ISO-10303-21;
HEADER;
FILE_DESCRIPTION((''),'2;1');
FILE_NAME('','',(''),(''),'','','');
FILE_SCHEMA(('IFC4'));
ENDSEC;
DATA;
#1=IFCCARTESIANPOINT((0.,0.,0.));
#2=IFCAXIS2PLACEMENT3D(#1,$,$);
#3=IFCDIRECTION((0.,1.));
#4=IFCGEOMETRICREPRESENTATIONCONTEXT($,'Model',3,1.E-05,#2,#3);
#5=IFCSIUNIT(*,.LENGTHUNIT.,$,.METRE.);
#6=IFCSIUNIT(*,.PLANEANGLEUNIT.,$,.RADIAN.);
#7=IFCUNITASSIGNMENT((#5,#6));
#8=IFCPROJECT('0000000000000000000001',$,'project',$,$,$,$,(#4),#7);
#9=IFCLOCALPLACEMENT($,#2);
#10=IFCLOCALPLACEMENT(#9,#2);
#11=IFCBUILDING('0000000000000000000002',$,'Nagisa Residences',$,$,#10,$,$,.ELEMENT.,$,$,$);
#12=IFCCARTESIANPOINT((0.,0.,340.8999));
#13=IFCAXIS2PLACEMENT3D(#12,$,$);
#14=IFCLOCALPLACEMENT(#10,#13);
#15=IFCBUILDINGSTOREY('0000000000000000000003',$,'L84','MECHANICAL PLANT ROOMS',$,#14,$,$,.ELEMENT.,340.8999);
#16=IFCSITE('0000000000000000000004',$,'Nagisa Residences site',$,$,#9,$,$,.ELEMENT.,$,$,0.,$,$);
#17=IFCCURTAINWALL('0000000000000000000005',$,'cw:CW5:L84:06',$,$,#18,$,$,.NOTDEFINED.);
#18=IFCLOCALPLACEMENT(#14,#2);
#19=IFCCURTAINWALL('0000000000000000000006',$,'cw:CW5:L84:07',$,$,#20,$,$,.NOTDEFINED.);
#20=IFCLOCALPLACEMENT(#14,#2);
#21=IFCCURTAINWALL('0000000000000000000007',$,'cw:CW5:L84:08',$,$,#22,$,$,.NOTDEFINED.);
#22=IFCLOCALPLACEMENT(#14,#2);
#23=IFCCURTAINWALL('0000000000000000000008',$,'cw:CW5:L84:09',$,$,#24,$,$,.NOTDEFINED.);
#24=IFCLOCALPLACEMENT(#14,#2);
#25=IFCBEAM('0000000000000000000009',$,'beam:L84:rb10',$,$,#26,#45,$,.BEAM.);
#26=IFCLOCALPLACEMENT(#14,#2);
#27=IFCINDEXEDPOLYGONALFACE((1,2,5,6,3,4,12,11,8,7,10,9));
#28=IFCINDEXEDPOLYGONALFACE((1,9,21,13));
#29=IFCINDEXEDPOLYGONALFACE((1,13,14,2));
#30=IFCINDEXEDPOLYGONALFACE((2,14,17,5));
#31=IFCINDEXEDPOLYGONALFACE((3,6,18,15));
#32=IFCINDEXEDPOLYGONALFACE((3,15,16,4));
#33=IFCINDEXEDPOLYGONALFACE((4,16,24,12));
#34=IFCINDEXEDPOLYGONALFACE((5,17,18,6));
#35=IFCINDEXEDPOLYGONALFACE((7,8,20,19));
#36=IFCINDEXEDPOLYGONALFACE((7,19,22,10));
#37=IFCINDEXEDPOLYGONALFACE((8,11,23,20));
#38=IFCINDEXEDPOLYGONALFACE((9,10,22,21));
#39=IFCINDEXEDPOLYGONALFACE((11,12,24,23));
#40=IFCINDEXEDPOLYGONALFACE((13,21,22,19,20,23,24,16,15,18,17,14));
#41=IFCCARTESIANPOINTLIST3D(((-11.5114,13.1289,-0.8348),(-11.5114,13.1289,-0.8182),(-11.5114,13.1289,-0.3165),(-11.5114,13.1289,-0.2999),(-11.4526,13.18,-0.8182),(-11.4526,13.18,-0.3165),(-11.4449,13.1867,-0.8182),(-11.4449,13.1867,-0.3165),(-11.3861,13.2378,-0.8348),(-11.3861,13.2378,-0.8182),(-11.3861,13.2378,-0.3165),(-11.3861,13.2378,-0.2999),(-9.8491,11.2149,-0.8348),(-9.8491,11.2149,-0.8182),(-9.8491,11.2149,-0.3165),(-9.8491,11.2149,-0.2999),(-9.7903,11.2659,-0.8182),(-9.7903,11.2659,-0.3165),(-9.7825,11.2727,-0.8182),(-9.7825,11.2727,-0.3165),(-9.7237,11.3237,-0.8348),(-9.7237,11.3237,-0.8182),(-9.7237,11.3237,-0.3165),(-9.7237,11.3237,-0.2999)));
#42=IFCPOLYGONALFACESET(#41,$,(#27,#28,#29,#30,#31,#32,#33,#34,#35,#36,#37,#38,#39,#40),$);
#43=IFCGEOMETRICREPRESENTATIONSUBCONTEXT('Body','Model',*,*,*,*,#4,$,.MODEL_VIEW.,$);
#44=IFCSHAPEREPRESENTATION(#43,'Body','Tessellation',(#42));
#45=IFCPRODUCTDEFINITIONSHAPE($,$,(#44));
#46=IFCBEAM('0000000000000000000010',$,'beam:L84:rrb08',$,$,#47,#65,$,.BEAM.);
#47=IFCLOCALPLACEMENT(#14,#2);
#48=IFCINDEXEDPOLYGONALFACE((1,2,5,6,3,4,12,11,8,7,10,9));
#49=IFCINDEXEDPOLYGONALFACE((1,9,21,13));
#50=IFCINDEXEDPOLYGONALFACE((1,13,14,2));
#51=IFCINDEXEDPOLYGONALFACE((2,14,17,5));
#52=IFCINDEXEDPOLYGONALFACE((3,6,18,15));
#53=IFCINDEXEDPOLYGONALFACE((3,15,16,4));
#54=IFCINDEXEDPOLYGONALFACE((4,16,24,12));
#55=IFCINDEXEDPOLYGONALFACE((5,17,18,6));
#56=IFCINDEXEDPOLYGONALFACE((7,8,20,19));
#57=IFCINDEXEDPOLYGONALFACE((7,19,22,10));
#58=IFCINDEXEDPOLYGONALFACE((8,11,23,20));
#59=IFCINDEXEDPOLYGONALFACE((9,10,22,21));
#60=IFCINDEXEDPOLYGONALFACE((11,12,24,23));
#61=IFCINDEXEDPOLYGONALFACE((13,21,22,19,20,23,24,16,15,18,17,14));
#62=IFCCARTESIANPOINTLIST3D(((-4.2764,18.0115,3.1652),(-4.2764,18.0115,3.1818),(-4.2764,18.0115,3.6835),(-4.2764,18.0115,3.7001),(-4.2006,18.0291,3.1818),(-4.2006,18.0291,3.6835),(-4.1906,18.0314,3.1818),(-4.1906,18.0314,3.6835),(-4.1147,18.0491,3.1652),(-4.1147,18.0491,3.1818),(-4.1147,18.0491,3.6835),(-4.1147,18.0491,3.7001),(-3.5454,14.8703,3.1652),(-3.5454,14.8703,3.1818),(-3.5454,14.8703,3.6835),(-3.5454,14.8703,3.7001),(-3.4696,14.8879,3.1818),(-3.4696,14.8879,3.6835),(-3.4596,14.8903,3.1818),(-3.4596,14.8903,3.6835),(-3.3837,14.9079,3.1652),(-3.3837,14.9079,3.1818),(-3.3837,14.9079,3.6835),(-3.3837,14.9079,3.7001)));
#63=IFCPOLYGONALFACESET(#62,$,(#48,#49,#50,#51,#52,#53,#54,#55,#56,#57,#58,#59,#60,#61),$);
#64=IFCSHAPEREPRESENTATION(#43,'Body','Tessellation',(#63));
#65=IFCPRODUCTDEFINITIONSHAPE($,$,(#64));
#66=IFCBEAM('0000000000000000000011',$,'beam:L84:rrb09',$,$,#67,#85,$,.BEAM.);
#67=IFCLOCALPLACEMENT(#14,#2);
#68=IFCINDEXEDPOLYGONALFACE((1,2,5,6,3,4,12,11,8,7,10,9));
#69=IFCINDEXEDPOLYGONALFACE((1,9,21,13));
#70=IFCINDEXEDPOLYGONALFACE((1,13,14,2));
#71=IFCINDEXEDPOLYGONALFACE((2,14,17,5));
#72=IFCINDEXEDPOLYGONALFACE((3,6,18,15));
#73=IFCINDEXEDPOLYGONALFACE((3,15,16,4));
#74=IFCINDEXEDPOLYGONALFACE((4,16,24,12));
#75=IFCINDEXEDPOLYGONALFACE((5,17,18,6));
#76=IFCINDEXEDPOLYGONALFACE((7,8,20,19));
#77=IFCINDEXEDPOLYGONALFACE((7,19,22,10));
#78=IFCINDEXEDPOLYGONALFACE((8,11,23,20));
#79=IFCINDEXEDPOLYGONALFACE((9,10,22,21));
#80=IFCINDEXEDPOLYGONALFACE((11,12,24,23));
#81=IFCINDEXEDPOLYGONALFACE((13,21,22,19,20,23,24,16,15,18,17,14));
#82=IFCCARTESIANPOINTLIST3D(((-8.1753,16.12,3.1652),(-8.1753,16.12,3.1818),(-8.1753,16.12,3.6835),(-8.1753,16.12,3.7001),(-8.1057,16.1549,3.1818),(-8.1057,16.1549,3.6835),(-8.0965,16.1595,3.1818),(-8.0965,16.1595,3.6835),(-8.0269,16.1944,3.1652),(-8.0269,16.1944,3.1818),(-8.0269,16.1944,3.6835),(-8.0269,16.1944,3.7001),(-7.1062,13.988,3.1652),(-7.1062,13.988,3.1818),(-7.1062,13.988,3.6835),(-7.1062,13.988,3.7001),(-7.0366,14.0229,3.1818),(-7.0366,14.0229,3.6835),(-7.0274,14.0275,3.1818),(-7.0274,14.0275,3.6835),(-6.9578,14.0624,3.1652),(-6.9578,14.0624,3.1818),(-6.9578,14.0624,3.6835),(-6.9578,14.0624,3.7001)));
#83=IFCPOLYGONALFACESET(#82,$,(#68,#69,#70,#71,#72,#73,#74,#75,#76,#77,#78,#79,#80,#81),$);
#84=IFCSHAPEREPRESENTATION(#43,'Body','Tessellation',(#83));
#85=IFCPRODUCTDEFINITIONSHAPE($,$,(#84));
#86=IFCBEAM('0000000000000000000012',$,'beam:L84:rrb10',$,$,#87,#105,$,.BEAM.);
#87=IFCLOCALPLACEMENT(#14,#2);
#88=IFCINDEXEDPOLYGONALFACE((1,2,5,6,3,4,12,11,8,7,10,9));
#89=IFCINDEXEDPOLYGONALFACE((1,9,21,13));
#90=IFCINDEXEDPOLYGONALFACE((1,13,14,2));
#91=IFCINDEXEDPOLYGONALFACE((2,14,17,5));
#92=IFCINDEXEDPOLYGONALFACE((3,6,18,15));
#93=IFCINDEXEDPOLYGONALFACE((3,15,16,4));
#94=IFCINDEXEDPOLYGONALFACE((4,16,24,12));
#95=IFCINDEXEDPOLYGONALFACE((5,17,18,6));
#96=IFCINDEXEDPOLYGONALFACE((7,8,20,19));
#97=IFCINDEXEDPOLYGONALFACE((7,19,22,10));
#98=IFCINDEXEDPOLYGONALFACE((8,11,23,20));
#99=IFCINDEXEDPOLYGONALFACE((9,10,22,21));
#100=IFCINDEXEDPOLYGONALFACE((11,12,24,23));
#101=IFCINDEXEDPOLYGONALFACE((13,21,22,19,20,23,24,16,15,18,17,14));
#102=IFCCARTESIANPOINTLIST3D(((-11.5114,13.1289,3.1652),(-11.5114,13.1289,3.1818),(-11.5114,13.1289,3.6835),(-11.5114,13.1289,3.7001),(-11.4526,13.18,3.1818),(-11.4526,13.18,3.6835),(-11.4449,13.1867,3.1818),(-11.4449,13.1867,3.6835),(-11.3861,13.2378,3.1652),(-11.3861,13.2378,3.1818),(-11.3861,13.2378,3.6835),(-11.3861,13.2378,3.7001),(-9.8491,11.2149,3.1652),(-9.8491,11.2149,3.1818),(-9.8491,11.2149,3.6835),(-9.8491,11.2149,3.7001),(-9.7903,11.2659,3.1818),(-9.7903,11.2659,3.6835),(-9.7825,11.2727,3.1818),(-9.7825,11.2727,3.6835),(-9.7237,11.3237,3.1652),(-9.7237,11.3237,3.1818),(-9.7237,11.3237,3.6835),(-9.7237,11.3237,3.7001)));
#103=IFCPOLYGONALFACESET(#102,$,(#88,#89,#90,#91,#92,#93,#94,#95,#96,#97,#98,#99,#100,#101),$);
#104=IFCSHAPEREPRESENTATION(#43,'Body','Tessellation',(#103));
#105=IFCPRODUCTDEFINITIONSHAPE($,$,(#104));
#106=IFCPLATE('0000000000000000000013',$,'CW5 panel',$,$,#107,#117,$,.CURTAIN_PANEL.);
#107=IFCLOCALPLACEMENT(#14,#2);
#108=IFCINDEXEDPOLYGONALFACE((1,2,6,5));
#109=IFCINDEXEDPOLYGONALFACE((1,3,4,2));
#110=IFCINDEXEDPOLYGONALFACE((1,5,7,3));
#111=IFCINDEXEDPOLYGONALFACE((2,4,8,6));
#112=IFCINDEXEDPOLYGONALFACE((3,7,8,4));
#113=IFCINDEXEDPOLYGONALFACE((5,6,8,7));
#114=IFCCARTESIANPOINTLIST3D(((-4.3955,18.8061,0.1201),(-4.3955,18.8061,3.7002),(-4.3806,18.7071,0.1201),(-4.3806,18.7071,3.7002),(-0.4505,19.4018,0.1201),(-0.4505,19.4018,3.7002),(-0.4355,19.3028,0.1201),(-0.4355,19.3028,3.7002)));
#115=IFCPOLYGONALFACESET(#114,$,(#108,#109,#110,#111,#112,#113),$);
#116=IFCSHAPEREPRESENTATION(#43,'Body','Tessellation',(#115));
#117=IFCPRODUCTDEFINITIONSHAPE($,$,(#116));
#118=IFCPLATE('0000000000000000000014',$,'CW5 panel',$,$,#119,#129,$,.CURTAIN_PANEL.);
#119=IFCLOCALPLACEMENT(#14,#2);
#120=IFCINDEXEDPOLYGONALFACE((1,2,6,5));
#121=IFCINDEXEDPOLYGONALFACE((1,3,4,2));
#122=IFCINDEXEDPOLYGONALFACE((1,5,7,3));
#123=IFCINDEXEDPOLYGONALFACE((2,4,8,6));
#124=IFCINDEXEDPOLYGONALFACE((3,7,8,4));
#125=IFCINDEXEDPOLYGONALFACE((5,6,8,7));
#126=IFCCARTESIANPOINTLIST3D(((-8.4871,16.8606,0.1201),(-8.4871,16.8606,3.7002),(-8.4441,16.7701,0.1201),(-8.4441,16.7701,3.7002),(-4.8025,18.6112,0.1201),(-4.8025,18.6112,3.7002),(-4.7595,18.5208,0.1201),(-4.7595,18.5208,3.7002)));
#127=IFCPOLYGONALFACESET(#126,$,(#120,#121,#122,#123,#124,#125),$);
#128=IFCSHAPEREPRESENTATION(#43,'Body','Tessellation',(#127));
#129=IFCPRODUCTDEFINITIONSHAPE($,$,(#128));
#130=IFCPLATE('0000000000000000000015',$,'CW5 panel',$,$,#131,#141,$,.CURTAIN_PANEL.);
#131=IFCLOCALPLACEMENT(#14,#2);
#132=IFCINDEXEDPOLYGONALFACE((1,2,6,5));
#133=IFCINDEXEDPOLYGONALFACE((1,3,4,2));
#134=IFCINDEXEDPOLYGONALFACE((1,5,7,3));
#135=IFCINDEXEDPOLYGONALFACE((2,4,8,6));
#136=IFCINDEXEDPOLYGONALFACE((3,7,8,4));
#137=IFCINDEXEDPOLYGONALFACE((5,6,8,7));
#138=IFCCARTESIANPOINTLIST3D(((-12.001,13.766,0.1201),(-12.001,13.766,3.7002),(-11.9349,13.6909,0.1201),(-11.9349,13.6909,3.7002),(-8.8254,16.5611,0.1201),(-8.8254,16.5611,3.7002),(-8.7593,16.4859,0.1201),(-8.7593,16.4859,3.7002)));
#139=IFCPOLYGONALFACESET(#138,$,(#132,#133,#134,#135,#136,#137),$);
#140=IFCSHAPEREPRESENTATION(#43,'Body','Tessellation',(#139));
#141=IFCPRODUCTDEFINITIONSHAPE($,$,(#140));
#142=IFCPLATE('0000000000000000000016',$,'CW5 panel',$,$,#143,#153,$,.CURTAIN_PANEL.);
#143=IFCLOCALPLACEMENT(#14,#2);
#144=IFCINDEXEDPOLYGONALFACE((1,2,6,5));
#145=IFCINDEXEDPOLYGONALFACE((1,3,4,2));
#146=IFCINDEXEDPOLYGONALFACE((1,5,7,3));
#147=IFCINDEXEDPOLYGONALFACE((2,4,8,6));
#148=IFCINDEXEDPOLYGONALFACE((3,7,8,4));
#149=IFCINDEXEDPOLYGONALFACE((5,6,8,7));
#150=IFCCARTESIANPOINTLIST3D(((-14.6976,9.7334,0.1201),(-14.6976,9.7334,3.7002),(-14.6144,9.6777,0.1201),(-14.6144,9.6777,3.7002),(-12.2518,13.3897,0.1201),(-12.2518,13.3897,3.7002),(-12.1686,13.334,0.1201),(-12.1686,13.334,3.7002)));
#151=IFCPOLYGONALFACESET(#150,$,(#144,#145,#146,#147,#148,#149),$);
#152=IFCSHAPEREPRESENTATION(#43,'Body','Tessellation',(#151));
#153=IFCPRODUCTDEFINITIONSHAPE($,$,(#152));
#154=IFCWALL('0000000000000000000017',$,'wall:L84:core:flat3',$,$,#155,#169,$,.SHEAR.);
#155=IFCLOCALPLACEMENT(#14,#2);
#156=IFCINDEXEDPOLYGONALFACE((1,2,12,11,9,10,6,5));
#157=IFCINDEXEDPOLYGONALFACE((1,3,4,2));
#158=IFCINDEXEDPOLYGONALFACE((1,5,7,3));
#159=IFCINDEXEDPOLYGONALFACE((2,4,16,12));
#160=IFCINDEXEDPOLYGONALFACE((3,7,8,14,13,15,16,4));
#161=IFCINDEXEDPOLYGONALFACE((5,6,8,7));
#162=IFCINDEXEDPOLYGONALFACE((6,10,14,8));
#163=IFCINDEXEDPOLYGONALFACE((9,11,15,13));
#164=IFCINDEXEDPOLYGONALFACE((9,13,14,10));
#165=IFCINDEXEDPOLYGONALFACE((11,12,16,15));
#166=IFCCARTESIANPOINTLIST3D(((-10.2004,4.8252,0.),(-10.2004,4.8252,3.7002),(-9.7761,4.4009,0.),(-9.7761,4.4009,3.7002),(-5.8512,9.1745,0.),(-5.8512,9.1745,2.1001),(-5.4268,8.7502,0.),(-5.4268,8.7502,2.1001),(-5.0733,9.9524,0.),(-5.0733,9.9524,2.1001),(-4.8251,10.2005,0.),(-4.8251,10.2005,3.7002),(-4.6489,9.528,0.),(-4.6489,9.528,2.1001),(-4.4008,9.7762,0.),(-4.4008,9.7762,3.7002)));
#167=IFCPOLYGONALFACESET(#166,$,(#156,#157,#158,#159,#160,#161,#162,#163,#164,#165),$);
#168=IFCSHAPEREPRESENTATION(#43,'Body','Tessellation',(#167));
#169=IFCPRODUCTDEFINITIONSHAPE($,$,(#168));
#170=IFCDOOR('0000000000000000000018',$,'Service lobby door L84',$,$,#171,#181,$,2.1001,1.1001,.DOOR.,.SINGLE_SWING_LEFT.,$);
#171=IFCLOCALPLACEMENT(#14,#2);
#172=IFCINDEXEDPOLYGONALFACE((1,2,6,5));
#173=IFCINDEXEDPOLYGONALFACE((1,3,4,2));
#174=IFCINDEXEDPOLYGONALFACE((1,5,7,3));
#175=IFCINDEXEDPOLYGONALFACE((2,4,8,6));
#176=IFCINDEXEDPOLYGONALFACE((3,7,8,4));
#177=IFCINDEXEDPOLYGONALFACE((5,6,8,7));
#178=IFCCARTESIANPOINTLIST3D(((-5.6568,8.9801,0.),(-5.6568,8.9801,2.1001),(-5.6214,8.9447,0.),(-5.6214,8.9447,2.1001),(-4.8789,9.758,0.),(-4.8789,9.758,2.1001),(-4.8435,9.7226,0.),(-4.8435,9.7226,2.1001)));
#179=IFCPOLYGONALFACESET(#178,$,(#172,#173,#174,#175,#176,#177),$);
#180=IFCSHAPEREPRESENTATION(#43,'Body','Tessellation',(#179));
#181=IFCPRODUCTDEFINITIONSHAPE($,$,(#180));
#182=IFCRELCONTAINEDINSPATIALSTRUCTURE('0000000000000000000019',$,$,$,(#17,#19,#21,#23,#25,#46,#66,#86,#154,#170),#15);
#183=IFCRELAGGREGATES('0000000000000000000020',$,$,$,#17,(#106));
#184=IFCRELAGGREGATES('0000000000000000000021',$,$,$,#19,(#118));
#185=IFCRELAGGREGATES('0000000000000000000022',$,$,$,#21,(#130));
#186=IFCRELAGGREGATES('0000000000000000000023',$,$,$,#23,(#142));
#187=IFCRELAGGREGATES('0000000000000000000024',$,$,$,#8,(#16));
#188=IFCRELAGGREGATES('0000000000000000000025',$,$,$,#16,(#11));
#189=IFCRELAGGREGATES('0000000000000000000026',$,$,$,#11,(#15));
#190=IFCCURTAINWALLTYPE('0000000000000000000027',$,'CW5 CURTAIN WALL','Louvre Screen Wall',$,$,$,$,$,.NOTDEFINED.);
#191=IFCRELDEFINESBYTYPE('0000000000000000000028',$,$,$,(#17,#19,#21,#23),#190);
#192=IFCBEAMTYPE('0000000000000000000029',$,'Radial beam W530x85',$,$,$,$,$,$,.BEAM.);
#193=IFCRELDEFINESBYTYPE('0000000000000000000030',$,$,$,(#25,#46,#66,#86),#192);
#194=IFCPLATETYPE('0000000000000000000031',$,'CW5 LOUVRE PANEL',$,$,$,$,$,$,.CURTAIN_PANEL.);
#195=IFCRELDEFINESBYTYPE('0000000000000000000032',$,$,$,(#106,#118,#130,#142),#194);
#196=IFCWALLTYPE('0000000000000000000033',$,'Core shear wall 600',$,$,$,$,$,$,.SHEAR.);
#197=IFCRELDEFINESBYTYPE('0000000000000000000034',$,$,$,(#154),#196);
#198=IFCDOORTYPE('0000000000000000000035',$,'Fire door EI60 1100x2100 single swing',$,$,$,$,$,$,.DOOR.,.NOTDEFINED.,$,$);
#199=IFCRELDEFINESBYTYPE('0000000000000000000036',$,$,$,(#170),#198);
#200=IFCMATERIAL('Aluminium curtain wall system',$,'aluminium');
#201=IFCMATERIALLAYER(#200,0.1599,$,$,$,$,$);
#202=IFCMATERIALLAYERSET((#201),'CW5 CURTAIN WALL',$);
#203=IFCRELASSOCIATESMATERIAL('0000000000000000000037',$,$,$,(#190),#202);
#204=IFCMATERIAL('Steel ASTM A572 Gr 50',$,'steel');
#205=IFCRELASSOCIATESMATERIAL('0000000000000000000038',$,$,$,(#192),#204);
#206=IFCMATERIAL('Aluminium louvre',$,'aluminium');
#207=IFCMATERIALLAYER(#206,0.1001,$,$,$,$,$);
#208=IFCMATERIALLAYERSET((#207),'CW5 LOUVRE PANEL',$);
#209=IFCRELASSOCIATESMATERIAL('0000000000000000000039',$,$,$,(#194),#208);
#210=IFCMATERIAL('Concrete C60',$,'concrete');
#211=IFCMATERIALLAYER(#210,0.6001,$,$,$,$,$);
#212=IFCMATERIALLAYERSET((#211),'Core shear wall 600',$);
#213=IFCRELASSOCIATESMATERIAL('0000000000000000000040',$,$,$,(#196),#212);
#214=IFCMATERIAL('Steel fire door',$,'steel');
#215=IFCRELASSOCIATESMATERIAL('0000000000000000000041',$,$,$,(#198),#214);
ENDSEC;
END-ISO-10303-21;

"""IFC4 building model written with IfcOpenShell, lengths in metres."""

from ifc_helpers import new_model, si_unit, direction, frame, frame_2d, origin, origin_2d, place, context, subcontext, project, spatial, rectangle, i_section, extrude, material, layer, layer_set, material_profile, profile_set, type_object, element, fill, aggregate, save


model = new_model("IFC4")

# Units and contexts
model_context = context("Model", 3, precision=1e-05, world=origin(), true_north=direction((0.0, 1.0)))
body_context = subcontext(model_context, "Body", "Model", "MODEL_VIEW")
ifc_project = project(units=[si_unit("LENGTHUNIT", "METRE"), si_unit("PLANEANGLEUNIT", "RADIAN")], contexts=[model_context])

# Site, building, storey
site_placement = place(None, origin())
site = spatial("IfcSite", under=ifc_project, at=site_placement, Name="Nagisa Residences site", CompositionType="ELEMENT", RefElevation=0.0)
building_placement = place(site_placement, origin())
building = spatial("IfcBuilding", under=site, at=building_placement, Name="Nagisa Residences", CompositionType="ELEMENT")
storey_placement = place(building_placement, frame((0.0, 0.0, 340.8999)))
storey = spatial("IfcBuildingStorey", under=building, at=storey_placement, Name="L84", Description="MECHANICAL PLANT ROOMS", CompositionType="ELEMENT", Elevation=340.8999)

# Curtain walls
ifc_material_1 = material(Name="Aluminium curtain wall system", Category="aluminium")
ifc_layer_1 = layer(ifc_material_1, 0.1599)
ifc_layer_set_1 = layer_set([ifc_layer_1], Name="CW5 CURTAIN WALL")
curtain_wall_type = type_object("IfcCurtainWallType", Name="CW5 CURTAIN WALL", Description="Louvre Screen Wall", PredefinedType="NOTDEFINED", material=ifc_layer_set_1)
curtain_wall_1_placement = place(storey_placement, origin())
curtain_wall_1 = element("IfcCurtainWall", 1, at=curtain_wall_1_placement, inside=storey, type_object=curtain_wall_type, Name="cw:CW5:L84:06", PredefinedType="NOTDEFINED")
curtain_wall_2_placement = place(storey_placement, origin())
curtain_wall_2 = element("IfcCurtainWall", 2, at=curtain_wall_2_placement, inside=storey, type_object=curtain_wall_type, Name="cw:CW5:L84:07", PredefinedType="NOTDEFINED")
curtain_wall_3_placement = place(storey_placement, origin())
curtain_wall_3 = element("IfcCurtainWall", 3, at=curtain_wall_3_placement, inside=storey, type_object=curtain_wall_type, Name="cw:CW5:L84:08", PredefinedType="NOTDEFINED")
curtain_wall_4_placement = place(storey_placement, origin())
curtain_wall_4 = element("IfcCurtainWall", 4, at=curtain_wall_4_placement, inside=storey, type_object=curtain_wall_type, Name="cw:CW5:L84:09", PredefinedType="NOTDEFINED")

# Beams
ifc_material_2 = material(Name="Steel ASTM A572 Gr 50", Category="steel")
ifc_material_profile_1 = material_profile(ifc_material_2, i_section(OverallWidth=0.166, OverallDepth=0.5349, WebThickness=0.0103, FlangeThickness=0.0166, at=origin_2d()), Name="W530x85")
ifc_profile_set_1 = profile_set([ifc_material_profile_1], Name="Steel ASTM A572 Gr 50")
beam_type_1 = type_object("IfcBeamType", Name="Radial beam W530x85", PredefinedType="BEAM", material=ifc_profile_set_1)
beam_1_placement = place(storey_placement, frame((-11.4487, 13.1833, -0.5674), z_axis=(0.655718, -0.755006, 0.0), x_axis=(0.755006, 0.655718, 0.0)))
element("IfcBeam", 5, at=beam_1_placement, inside=storey, type_object=beam_type_1, Name="beam:L84:rb10", PredefinedType="BEAM", context=body_context, shape_type="SweptSolid", body=[
    extrude(i_section(OverallWidth=0.166, OverallDepth=0.5349, WebThickness=0.0103, FlangeThickness=0.0166, at=origin_2d()), origin(), (0.0, 0.0, 1.0), 2.5352),
])
beam_2_placement = place(storey_placement, frame((-4.1956, 18.0303, 3.4326), z_axis=(0.22665, -0.973976, 0.0), x_axis=(0.973976, 0.22665, 0.0)))
element("IfcBeam", 6, at=beam_2_placement, inside=storey, type_object=beam_type_1, Name="beam:L84:rrb08", PredefinedType="BEAM", context=body_context, shape_type="SweptSolid", body=[
    extrude(i_section(OverallWidth=0.166, OverallDepth=0.5349, WebThickness=0.0103, FlangeThickness=0.0166, at=origin_2d()), origin(), (0.0, 0.0, 1.0), 3.2251),
])
beam_3_placement = place(storey_placement, frame((-8.1011, 16.1572, 3.4326), z_axis=(0.448237, -0.893915, 0.0), x_axis=(0.893915, 0.448237, 0.0)))
element("IfcBeam", 7, at=beam_3_placement, inside=storey, type_object=beam_type_1, Name="beam:L84:rrb09", PredefinedType="BEAM", context=body_context, shape_type="SweptSolid", body=[
    extrude(i_section(OverallWidth=0.166, OverallDepth=0.5349, WebThickness=0.0103, FlangeThickness=0.0166, at=origin_2d()), origin(), (0.0, 0.0, 1.0), 2.385),
])
beam_4_placement = place(storey_placement, frame((-11.4487, 13.1833, 3.4326), z_axis=(0.655718, -0.755006, 0.0), x_axis=(0.755006, 0.655718, 0.0)))
element("IfcBeam", 8, at=beam_4_placement, inside=storey, type_object=beam_type_1, Name="beam:L84:rrb10", PredefinedType="BEAM", context=body_context, shape_type="SweptSolid", body=[
    extrude(i_section(OverallWidth=0.166, OverallDepth=0.5349, WebThickness=0.0103, FlangeThickness=0.0166, at=origin_2d()), origin(), (0.0, 0.0, 1.0), 2.5352),
])

# Plates
ifc_material_3 = material(Name="Aluminium louvre", Category="aluminium")
ifc_layer_2 = layer(ifc_material_3, 0.1001)
ifc_layer_set_2 = layer_set([ifc_layer_2], Name="CW5 LOUVRE PANEL")
plate_type = type_object("IfcPlateType", Name="CW5 LOUVRE PANEL", PredefinedType="CURTAIN_PANEL", material=ifc_layer_set_2)
plate_1_placement = place(storey_placement, frame((-2.4155, 19.0544, 0.1201), z_axis=(0.0, 0.0, 1.0), x_axis=(-0.988789, -0.14932, 0.0)))
plate_1 = element("IfcPlate", 9, at=plate_1_placement, type_object=plate_type, Name="CW5 panel", PredefinedType="CURTAIN_PANEL", context=body_context, shape_type="SweptSolid", body=[
    extrude(rectangle(XDim=3.9897, YDim=0.1001, at=origin_2d()), origin(), (0.0, 0.0, 1.0), 3.5801),
])
aggregate(curtain_wall_1, [plate_1])
plate_2_placement = place(storey_placement, frame((-6.6233, 17.6907, 0.1201), z_axis=(0.0, 0.0, 1.0), x_axis=(-0.903233, -0.429151, 0.0)))
plate_2 = element("IfcPlate", 10, at=plate_2_placement, type_object=plate_type, Name="CW5 panel", PredefinedType="CURTAIN_PANEL", context=body_context, shape_type="SweptSolid", body=[
    extrude(rectangle(XDim=4.0793, YDim=0.1001, at=origin_2d()), origin(), (0.0, 0.0, 1.0), 3.5801),
])
aggregate(curtain_wall_2, [plate_2])
plate_3_placement = place(storey_placement, frame((-10.3801, 15.126, 0.1201), z_axis=(0.0, 0.0, 1.0), x_axis=(-0.750651, -0.660699, 0.0)))
plate_3 = element("IfcPlate", 11, at=plate_3_placement, type_object=plate_type, Name="CW5 panel", PredefinedType="CURTAIN_PANEL", context=body_context, shape_type="SweptSolid", body=[
    extrude(rectangle(XDim=4.2305, YDim=0.1001, at=origin_2d()), origin(), (0.0, 0.0, 1.0), 3.5801),
])
aggregate(curtain_wall_3, [plate_3])
plate_4_placement = place(storey_placement, frame((-13.4331, 11.5337, 0.1201), z_axis=(0.0, 0.0, 1.0), x_axis=(-0.556014, -0.831173, 0.0)))
plate_4 = element("IfcPlate", 12, at=plate_4_placement, type_object=plate_type, Name="CW5 panel", PredefinedType="CURTAIN_PANEL", context=body_context, shape_type="SweptSolid", body=[
    extrude(rectangle(XDim=4.3989, YDim=0.1001, at=origin_2d()), origin(), (0.0, 0.0, 1.0), 3.5801),
])
aggregate(curtain_wall_4, [plate_4])

# Wall, opening, door
ifc_material_4 = material(Name="Concrete C60", Category="concrete")
ifc_layer_3 = layer(ifc_material_4, 0.6001)
ifc_layer_set_3 = layer_set([ifc_layer_3], Name="Core shear wall 600")
wall_type_1 = type_object("IfcWallType", Name="Core shear wall 600", PredefinedType="SHEAR", material=ifc_layer_set_3)
wall_1_placement = place(storey_placement, frame((-4.613, 9.9883, 0.0), z_axis=(0.0, 0.0, 1.0), x_axis=(-0.707107, -0.707107, 0.0)))
wall_1 = element("IfcWall", 13, at=wall_1_placement, inside=storey, type_object=wall_type_1, Name="wall:L84:core:flat3", PredefinedType="SHEAR", context=body_context, shape_type="SweptSolid", body=[
    extrude(rectangle(XDim=7.6018, YDim=0.6001, at=frame_2d((3.8008, 0.0))), origin(), (0.0, 0.0, 1.0), 3.7002),
])
opening_placement = place(wall_1_placement, frame((0.3508, 0.0, 0.0)))
opening = element("IfcOpeningElement", 14, at=opening_placement, cuts=wall_1, PredefinedType="OPENING", context=body_context, shape_type="SweptSolid", body=[
    extrude(rectangle(XDim=1.1001, YDim=2.1001, at=frame_2d((0.55, 1.05))), frame((0.0, 0.3101, 0.0), z_axis=(0.0, -1.0, 0.0), x_axis=(1.0, 0.0, 0.0)), (0.0, 0.0, 1.0), 0.6201),
])
ifc_material_5 = material(Name="Steel fire door", Category="steel")
door_type = type_object("IfcDoorType", Name="Fire door EI60 1100x2100 single swing", OperationType="NOTDEFINED", PredefinedType="DOOR", material=ifc_material_5)
door_placement = place(opening_placement, origin())
door = element("IfcDoor", 15, at=door_placement, inside=storey, type_object=door_type, Name="Service lobby door L84", OperationType="SINGLE_SWING_LEFT", OverallHeight=2.1001, OverallWidth=1.1001, PredefinedType="DOOR", context=body_context, shape_type="SweptSolid", body=[
    extrude(rectangle(XDim=1.1001, YDim=2.1001, at=frame_2d((0.55, 1.05))), frame((0.0, 0.0249, 0.0), z_axis=(0.0, -1.0, 0.0), x_axis=(1.0, 0.0, 0.0)), (0.0, 0.0, 1.0), 0.05),
])
fill(opening, door)

save(model, "model.ifc")
